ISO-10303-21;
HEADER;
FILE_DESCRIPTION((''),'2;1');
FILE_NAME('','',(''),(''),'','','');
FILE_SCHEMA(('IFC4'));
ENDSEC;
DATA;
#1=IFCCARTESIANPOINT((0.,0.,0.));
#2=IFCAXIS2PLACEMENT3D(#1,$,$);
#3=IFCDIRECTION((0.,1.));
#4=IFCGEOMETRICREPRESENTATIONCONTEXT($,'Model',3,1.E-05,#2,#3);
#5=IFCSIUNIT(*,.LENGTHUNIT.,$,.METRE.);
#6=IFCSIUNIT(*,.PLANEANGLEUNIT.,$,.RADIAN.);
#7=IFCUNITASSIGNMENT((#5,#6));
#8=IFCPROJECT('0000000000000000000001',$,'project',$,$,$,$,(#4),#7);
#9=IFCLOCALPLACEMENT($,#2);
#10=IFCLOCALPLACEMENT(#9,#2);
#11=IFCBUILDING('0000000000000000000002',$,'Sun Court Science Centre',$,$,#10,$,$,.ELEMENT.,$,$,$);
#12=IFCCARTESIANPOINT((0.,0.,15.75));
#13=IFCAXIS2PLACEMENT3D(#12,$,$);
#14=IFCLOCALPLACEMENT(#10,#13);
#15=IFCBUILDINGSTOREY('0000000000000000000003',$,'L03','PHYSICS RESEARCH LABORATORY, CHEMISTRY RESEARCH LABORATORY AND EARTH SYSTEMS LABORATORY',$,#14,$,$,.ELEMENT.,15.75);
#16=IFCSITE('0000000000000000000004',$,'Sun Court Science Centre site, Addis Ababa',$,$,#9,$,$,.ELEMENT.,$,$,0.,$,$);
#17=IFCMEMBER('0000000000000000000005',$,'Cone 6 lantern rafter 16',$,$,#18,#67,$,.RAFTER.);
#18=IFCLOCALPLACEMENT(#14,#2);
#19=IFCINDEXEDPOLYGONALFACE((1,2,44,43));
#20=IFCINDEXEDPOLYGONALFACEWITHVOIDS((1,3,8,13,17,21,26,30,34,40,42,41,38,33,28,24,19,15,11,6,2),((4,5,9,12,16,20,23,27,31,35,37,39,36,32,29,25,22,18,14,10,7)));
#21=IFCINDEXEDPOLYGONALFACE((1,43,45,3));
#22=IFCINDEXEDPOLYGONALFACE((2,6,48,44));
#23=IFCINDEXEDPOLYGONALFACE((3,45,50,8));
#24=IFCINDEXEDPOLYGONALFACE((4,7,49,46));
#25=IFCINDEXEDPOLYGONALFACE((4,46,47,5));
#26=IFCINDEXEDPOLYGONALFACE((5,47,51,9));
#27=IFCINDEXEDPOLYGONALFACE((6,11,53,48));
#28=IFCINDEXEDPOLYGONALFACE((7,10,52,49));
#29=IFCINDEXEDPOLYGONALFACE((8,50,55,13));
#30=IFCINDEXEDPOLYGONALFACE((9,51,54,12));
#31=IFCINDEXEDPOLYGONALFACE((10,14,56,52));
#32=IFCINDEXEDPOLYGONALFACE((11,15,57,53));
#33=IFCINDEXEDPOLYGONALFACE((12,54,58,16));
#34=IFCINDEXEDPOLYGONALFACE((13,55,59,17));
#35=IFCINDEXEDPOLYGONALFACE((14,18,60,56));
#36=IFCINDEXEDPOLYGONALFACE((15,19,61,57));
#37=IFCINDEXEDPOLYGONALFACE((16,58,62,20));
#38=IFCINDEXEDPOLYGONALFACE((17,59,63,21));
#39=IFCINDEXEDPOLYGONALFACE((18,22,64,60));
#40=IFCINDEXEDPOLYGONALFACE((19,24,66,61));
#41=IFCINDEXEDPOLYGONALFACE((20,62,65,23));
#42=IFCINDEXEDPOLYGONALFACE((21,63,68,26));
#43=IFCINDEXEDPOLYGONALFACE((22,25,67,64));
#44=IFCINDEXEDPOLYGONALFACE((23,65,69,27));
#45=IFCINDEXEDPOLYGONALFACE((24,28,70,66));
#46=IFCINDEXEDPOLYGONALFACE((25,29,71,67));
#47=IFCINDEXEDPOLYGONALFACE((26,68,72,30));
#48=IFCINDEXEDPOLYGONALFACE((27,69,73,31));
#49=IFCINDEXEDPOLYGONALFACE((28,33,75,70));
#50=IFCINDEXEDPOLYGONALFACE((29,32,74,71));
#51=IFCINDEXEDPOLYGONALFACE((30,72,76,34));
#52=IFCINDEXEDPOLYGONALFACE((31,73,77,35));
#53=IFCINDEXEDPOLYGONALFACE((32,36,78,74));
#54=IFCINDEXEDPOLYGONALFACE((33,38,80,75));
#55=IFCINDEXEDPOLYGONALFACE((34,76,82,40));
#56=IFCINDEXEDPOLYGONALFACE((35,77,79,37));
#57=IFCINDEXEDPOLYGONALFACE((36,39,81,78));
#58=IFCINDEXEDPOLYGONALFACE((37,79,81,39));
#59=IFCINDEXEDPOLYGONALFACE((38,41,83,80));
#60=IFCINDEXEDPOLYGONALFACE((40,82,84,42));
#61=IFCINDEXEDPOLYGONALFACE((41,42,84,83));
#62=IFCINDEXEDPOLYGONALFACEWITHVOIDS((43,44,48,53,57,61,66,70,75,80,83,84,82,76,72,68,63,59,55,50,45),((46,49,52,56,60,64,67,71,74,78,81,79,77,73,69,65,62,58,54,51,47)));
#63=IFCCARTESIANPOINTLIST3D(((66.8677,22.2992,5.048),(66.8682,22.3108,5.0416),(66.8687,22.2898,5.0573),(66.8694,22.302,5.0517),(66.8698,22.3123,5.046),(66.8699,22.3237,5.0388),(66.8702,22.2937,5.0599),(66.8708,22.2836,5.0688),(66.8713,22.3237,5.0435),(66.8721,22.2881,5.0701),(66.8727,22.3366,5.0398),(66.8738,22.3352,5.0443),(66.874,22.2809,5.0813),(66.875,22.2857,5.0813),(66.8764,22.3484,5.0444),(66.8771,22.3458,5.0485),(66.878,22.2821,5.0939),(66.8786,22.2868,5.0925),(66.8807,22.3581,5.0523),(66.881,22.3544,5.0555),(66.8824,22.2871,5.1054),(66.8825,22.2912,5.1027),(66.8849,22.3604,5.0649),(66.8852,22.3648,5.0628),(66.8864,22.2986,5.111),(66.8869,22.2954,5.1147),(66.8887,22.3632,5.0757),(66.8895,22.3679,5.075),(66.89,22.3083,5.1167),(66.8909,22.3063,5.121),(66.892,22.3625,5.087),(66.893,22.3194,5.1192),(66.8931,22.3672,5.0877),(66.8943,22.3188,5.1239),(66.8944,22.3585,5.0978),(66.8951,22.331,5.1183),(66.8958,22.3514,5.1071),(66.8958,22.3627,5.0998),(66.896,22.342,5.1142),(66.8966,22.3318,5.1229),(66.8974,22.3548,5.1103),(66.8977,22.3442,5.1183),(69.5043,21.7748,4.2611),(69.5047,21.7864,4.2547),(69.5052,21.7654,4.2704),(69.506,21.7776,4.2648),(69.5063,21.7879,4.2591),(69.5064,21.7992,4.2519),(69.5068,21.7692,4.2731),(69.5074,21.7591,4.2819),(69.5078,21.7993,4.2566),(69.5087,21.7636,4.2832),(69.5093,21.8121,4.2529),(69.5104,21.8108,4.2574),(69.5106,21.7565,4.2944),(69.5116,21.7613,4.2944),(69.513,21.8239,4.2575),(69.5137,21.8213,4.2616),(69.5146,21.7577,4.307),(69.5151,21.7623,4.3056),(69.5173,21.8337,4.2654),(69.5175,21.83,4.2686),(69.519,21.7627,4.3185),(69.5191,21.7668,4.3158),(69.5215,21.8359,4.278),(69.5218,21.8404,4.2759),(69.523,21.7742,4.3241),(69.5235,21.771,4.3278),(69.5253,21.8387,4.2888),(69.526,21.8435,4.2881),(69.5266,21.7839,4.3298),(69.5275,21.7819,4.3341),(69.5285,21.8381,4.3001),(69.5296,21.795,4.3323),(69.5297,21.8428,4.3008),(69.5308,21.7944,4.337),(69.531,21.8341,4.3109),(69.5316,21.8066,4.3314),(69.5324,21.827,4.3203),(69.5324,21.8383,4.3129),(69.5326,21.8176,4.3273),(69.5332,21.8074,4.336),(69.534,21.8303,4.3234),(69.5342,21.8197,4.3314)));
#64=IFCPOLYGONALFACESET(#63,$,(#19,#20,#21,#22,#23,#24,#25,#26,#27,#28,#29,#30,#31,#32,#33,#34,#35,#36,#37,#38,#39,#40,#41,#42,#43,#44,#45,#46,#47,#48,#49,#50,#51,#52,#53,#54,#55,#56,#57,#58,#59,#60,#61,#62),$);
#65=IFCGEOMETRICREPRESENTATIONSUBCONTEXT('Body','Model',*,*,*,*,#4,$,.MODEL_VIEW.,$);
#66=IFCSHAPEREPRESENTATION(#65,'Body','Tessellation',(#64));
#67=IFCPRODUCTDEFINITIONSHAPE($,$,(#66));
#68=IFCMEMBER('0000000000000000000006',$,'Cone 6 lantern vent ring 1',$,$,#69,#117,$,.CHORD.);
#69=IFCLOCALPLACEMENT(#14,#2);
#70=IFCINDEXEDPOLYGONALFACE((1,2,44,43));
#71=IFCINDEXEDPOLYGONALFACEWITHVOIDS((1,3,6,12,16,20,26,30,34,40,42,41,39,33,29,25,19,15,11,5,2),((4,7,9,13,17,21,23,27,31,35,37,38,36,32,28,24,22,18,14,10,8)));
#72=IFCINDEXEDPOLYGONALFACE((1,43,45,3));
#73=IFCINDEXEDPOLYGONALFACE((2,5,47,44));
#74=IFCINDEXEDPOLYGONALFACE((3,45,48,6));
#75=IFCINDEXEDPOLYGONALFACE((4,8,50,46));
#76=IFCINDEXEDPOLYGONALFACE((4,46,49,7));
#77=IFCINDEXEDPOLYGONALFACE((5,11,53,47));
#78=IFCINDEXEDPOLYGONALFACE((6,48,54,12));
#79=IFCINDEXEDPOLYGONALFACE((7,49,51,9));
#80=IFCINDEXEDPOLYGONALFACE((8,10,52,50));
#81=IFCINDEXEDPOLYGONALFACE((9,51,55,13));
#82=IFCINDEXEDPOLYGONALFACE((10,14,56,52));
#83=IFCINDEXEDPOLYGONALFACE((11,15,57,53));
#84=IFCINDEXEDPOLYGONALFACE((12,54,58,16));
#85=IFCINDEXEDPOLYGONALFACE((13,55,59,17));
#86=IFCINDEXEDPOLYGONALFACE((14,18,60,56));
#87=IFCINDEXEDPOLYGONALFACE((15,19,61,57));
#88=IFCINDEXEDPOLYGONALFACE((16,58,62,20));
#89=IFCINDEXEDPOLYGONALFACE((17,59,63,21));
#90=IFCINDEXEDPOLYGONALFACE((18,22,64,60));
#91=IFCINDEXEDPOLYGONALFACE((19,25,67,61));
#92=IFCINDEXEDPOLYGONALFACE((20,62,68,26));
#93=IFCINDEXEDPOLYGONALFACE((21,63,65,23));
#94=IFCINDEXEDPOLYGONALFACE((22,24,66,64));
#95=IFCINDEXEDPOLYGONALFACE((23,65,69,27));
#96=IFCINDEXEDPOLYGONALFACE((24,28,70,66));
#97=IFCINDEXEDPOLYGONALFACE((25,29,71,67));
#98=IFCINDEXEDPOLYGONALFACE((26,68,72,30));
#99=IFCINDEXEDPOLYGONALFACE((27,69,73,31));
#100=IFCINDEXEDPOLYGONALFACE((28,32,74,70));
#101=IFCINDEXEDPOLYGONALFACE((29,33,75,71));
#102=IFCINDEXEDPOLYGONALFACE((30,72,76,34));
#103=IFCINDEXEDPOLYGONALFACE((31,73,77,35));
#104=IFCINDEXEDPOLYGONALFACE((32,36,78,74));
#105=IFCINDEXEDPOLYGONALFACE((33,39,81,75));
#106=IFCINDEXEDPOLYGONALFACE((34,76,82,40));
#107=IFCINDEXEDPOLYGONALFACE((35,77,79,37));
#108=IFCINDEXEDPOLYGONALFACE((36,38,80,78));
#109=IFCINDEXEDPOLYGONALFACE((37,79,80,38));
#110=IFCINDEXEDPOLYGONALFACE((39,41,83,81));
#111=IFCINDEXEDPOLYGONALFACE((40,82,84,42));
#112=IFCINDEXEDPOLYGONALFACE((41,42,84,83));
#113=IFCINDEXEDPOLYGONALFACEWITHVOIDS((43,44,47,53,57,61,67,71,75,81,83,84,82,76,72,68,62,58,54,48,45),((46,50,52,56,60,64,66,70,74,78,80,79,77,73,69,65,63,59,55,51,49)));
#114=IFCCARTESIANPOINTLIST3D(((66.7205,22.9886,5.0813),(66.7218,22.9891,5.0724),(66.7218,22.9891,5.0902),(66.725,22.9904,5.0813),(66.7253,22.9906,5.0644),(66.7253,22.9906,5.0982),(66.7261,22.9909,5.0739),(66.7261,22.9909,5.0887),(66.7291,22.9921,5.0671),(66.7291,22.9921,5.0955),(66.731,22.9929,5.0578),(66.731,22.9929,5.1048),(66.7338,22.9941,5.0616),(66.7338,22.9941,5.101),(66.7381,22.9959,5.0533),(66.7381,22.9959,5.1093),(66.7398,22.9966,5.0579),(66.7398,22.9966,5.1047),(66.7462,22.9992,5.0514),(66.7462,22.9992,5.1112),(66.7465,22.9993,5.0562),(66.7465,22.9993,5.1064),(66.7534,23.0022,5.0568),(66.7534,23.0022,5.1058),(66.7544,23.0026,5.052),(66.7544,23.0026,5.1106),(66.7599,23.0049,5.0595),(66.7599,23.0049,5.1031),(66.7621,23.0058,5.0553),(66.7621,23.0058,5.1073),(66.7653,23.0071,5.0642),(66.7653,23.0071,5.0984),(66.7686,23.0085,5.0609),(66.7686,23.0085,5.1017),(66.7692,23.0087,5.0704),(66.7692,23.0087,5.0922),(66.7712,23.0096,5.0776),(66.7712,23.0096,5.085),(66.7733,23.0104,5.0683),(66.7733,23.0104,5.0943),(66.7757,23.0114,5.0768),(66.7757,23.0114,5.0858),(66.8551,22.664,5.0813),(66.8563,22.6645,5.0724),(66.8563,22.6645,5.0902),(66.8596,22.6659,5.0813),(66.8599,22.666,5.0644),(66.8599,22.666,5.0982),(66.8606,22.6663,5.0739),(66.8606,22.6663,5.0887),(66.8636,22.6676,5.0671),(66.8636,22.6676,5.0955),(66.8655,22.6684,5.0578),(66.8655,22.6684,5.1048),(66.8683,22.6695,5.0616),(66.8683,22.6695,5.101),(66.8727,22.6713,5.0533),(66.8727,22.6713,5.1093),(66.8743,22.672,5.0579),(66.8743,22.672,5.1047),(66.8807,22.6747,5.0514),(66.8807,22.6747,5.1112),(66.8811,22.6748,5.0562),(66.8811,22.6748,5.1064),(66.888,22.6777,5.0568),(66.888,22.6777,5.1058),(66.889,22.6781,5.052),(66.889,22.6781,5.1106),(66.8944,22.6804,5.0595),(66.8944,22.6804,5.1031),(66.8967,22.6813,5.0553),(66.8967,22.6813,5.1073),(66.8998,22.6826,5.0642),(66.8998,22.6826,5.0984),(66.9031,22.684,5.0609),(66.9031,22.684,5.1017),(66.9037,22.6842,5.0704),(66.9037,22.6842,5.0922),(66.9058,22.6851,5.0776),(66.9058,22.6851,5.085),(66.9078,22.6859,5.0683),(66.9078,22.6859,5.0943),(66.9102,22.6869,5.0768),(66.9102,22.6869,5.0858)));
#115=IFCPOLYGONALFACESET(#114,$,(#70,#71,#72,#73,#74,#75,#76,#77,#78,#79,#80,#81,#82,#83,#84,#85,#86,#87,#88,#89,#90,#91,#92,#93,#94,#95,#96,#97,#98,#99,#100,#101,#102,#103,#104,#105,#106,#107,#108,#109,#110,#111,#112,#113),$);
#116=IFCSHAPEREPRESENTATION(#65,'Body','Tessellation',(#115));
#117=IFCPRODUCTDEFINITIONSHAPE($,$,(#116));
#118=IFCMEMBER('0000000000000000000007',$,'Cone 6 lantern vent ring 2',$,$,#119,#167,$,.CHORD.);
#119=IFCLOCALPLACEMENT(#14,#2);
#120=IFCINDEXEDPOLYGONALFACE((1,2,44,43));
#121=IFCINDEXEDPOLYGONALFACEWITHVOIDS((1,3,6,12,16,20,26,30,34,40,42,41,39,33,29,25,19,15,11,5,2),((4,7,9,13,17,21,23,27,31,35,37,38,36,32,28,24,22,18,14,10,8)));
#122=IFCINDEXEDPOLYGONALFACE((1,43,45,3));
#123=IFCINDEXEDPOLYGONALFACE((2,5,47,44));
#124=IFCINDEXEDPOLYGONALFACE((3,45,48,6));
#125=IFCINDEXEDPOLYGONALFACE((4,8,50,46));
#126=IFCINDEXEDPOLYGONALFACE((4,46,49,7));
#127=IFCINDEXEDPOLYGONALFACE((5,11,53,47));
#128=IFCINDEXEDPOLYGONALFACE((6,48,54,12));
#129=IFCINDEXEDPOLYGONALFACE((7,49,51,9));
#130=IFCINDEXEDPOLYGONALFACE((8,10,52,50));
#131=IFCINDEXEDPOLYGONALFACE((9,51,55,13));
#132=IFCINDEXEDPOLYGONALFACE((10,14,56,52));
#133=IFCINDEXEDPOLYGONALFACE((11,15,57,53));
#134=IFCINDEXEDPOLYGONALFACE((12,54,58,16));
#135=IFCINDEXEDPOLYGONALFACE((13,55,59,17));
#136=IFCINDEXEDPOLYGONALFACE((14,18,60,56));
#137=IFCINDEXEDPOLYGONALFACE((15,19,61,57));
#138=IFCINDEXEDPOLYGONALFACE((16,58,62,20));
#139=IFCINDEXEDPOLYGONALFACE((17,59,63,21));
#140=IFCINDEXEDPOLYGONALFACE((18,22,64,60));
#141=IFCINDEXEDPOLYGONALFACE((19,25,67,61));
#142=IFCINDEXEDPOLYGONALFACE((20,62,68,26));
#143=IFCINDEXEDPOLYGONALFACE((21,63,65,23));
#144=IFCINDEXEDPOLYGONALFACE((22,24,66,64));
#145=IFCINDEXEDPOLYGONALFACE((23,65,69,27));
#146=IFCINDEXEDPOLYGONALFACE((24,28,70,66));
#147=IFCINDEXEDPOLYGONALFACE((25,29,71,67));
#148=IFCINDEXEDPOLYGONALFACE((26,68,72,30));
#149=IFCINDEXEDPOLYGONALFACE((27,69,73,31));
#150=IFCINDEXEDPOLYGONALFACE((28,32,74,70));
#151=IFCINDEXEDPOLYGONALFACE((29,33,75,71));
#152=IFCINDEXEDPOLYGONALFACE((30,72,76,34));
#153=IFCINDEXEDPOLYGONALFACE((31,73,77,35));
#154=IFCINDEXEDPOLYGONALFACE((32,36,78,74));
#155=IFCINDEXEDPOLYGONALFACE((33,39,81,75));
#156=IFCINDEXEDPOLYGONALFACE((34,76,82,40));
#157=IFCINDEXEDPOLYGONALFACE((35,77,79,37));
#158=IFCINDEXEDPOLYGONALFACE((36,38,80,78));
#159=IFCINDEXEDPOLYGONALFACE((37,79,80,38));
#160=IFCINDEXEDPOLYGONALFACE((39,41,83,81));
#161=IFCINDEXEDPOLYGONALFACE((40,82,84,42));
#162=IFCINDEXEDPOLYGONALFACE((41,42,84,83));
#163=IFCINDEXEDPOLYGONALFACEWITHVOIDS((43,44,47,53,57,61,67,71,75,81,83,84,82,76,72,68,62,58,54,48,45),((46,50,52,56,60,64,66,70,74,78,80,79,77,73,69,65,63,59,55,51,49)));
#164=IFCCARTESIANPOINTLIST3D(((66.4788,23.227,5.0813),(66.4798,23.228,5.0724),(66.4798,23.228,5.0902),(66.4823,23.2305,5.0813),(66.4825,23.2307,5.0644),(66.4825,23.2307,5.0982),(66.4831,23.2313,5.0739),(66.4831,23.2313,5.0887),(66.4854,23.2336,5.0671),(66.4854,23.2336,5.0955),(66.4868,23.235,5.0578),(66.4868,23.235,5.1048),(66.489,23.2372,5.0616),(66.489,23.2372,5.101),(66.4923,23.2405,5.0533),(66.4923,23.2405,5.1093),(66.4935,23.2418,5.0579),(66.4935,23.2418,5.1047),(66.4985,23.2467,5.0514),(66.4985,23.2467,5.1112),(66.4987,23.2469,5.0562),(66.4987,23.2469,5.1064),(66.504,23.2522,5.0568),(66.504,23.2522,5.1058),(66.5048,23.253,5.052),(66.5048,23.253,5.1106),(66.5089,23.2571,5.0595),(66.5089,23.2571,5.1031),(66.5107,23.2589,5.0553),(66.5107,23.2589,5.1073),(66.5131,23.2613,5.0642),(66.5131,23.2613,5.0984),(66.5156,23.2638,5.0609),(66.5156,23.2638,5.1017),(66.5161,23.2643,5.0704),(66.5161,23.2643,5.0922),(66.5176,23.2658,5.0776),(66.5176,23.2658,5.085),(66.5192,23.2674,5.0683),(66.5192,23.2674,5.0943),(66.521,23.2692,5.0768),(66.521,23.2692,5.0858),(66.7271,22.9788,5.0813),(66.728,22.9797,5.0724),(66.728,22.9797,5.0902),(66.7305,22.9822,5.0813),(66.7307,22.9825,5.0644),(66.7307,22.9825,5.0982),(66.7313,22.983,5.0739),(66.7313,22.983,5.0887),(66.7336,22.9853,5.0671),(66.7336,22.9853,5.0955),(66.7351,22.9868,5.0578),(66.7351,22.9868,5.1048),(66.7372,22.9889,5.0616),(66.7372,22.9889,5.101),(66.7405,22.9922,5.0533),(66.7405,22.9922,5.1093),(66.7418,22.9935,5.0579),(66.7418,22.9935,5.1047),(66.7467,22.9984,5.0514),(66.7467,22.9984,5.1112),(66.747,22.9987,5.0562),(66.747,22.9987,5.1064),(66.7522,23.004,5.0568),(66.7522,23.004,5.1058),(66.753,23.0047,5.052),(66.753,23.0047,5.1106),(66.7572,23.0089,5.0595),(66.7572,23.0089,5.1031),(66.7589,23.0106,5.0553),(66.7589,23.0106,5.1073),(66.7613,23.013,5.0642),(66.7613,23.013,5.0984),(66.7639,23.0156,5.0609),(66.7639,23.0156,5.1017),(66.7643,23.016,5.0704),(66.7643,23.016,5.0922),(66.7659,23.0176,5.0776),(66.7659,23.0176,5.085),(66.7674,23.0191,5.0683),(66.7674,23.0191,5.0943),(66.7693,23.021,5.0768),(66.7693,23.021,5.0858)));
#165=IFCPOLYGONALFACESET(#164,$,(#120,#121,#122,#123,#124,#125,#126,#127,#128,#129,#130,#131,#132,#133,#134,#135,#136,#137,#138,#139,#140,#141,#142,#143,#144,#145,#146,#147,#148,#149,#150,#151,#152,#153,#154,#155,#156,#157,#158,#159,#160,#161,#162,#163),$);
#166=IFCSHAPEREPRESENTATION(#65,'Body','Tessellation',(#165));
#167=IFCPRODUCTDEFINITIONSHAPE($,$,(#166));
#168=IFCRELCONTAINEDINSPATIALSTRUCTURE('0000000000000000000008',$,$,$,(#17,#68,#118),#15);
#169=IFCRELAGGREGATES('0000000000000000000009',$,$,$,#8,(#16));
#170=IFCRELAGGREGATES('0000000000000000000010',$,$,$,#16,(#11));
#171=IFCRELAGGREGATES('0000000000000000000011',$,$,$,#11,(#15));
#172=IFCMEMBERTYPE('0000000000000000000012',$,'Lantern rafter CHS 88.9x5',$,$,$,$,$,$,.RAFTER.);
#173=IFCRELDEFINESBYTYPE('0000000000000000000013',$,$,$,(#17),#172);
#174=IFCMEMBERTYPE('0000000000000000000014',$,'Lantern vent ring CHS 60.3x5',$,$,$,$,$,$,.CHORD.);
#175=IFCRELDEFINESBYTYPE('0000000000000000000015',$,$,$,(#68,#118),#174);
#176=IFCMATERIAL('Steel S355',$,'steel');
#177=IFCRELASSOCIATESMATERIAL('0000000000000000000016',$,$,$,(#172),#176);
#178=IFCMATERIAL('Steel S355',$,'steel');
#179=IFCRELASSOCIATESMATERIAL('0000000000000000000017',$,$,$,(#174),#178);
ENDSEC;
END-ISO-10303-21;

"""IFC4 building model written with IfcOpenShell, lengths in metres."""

from ifc_helpers import new_model, si_unit, direction, frame, origin, origin_2d, place, context, subcontext, project, spatial, hollow_circle, extrude, material, material_profile, profile_set, type_object, element, save


model = new_model("IFC4")

# Units and contexts
model_context = context("Model", 3, precision=1e-05, world=origin(), true_north=direction((0.0, 1.0)))
body_context = subcontext(model_context, "Body", "Model", "MODEL_VIEW")
ifc_project = project(units=[si_unit("LENGTHUNIT", "METRE"), si_unit("PLANEANGLEUNIT", "RADIAN")], contexts=[model_context])

# Site, building, storey
site_placement = place(None, origin())
site = spatial("IfcSite", under=ifc_project, at=site_placement, Name="Sun Court Science Centre site, Addis Ababa", CompositionType="ELEMENT", RefElevation=0.0)
building_placement = place(site_placement, origin())
building = spatial("IfcBuilding", under=site, at=building_placement, Name="Sun Court Science Centre", CompositionType="ELEMENT")
storey_placement = place(building_placement, frame((0.0, 0.0, 15.75)))
storey = spatial("IfcBuildingStorey", under=building, at=storey_placement, Name="L03", Description="PHYSICS RESEARCH LABORATORY, CHEMISTRY RESEARCH LABORATORY AND EARTH SYSTEMS LABORATORY", CompositionType="ELEMENT", Elevation=15.75)

# Members
ifc_material_1 = material(Name="Steel S355", Category="steel")
ifc_material_profile_1 = material_profile(ifc_material_1, hollow_circle(Radius=0.0444, WallThickness=0.0049, at=origin_2d()), Name="CHS 88.9x5")
ifc_profile_set_1 = profile_set([ifc_material_profile_1], Name="Steel S355")
member_type_1 = type_object("IfcMemberType", Name="Lantern rafter CHS 88.9x5", PredefinedType="RAFTER", material=ifc_profile_set_1)
for number, where, z_axis, x_axis, name in (
    (1, (69.5193, 21.8, 4.2944), (-0.941288, 0.187229, 0.280931), (-0.195086, -0.980786, 0.0), "Cone 6 lantern rafter 16"),
):
    element("IfcMember", number, at=place(storey_placement, frame(where, z_axis=z_axis, x_axis=x_axis)), inside=storey, type_object=member_type_1, Name=name, PredefinedType="RAFTER", context=body_context, shape_type="SweptSolid", body=[
        extrude(hollow_circle(Radius=0.0444, WallThickness=0.0049, at=origin_2d()), origin(), (0.0, 0.0, 1.0), 2.801),
    ])
ifc_material_2 = material(Name="Steel S355", Category="steel")
ifc_material_profile_2 = material_profile(ifc_material_2, hollow_circle(Radius=0.03, WallThickness=0.0049, at=origin_2d()), Name="CHS 60.3x5")
ifc_profile_set_2 = profile_set([ifc_material_profile_2], Name="Steel S355")
member_type_2 = type_object("IfcMemberType", Name="Lantern vent ring CHS 60.3x5", PredefinedType="CHORD", material=ifc_profile_set_2)
member_1_placement = place(storey_placement, frame((66.8828, 22.6755, 5.0813), z_axis=(-0.382986, 0.923754, 0.0), x_axis=(-0.923754, -0.382986, 0.0)))
element("IfcMember", 2, at=member_1_placement, inside=storey, type_object=member_type_2, Name="Cone 6 lantern vent ring 1", PredefinedType="CHORD", context=body_context, shape_type="SweptSolid", body=[
    extrude(hollow_circle(Radius=0.03, WallThickness=0.0049, at=origin_2d()), origin(), (0.0, 0.0, 1.0), 0.3513),
])
for number, where, z_axis, x_axis, name in (
    (3, (66.7483, 23.0, 5.0813), (-0.707107, 0.707107, 0.0), (-0.707107, -0.707107, 0.0), "Cone 6 lantern vent ring 2"),
):
    element("IfcMember", number, at=place(storey_placement, frame(where, z_axis=z_axis, x_axis=x_axis)), inside=storey, type_object=member_type_2, Name=name, PredefinedType="CHORD", context=body_context, shape_type="SweptSolid", body=[
        extrude(hollow_circle(Radius=0.03, WallThickness=0.0049, at=origin_2d()), origin(), (0.0, 0.0, 1.0), 0.3511),
    ])

save(model, "model.ifc")
